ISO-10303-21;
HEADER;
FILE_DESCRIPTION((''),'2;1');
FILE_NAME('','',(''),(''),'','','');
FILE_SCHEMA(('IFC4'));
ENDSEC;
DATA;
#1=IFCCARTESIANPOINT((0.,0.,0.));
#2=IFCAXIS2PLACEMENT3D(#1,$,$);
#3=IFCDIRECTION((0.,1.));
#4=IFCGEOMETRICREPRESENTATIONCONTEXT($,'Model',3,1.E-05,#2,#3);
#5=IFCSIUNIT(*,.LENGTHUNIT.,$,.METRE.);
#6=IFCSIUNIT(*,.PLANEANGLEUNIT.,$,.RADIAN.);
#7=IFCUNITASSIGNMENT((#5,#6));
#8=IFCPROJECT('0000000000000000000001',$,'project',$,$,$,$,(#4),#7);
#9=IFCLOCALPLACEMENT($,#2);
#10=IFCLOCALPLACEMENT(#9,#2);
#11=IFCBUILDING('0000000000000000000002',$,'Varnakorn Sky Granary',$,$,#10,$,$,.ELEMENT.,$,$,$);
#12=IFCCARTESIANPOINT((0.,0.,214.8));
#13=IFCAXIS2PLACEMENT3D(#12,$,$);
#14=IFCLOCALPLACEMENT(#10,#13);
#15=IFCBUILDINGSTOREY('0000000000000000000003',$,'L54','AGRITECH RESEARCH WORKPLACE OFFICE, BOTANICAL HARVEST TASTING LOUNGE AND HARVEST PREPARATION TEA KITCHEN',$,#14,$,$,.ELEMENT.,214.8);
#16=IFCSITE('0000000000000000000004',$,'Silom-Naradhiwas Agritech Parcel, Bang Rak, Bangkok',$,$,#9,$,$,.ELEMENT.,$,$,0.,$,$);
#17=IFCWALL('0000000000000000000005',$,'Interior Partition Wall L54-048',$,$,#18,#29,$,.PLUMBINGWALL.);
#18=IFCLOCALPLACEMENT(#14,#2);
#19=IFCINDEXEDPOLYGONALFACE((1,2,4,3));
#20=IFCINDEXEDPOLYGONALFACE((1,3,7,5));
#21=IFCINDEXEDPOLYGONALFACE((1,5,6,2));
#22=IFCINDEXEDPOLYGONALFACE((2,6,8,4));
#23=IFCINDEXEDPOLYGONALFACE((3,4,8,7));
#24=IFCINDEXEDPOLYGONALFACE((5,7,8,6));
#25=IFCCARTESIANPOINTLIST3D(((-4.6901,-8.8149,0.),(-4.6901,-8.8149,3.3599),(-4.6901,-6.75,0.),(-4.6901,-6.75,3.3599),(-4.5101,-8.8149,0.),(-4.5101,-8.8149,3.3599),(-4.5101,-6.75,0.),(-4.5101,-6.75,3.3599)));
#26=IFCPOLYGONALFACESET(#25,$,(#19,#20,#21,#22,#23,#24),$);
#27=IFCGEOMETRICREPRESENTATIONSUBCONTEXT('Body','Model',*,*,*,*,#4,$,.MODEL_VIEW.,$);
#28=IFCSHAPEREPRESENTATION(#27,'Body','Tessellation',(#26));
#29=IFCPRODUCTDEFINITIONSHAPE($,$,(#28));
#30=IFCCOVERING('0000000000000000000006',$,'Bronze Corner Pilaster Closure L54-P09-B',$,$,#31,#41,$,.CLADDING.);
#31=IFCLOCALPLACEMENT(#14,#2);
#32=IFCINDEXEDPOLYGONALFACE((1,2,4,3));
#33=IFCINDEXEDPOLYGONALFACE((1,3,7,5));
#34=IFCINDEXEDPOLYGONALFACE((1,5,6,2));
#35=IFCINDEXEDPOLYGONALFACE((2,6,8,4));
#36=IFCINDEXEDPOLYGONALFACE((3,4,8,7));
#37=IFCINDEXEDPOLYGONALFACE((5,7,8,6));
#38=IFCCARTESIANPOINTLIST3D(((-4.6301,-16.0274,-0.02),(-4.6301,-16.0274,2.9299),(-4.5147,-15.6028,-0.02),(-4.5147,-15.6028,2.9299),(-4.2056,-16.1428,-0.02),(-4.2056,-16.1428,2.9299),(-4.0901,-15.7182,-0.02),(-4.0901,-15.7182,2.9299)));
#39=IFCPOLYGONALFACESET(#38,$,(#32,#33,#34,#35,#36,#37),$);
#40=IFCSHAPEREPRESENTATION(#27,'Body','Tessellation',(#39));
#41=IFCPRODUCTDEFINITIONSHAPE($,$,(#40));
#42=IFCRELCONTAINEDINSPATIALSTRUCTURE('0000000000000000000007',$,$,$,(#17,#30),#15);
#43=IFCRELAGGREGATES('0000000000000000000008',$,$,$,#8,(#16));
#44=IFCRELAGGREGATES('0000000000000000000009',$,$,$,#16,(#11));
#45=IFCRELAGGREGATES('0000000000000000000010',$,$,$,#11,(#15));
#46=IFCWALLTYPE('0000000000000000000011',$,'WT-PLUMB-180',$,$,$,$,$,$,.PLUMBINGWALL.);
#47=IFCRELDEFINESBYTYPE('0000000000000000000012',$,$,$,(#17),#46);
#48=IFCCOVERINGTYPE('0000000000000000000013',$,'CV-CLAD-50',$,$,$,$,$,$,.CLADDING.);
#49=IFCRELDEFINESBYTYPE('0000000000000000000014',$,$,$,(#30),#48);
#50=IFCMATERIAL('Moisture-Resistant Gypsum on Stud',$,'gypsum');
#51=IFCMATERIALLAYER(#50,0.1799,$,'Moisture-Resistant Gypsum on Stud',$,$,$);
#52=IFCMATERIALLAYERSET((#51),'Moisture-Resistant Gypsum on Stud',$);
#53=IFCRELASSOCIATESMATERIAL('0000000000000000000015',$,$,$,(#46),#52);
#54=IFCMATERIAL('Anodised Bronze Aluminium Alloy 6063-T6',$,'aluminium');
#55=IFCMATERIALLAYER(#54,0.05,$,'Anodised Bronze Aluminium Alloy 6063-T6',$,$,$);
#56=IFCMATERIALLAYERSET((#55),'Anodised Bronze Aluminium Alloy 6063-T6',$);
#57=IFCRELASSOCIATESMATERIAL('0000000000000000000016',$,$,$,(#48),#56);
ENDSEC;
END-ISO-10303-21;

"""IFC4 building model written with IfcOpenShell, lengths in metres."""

from ifc_helpers import new_model, si_unit, direction, frame, frame_2d, origin, origin_2d, place, context, subcontext, project, spatial, rectangle, extrude, source, transform, mapped, material, layer, layer_set, type_object, type_shapes, element, save


model = new_model("IFC4")

# Units and contexts
model_context = context("Model", 3, precision=1e-05, world=origin(), true_north=direction((0.0, 1.0)))
body_context = subcontext(model_context, "Body", "Model", "MODEL_VIEW")
ifc_project = project(units=[si_unit("LENGTHUNIT", "METRE"), si_unit("PLANEANGLEUNIT", "RADIAN")], contexts=[model_context])

# Site, building, storey
site_placement = place(None, origin())
site = spatial("IfcSite", under=ifc_project, at=site_placement, Name="Silom-Naradhiwas Agritech Parcel, Bang Rak, Bangkok", CompositionType="ELEMENT", RefElevation=0.0)
building_placement = place(site_placement, origin())
building = spatial("IfcBuilding", under=site, at=building_placement, Name="Varnakorn Sky Granary", CompositionType="ELEMENT")
storey_placement = place(building_placement, frame((0.0, 0.0, 214.8)))
storey = spatial("IfcBuildingStorey", under=building, at=storey_placement, Name="L54", Description="AGRITECH RESEARCH WORKPLACE OFFICE, BOTANICAL HARVEST TASTING LOUNGE AND HARVEST PREPARATION TEA KITCHEN", CompositionType="ELEMENT", Elevation=214.8)

# Shared definitions
ifc_material_1 = material(Name="Anodised Bronze Aluminium Alloy 6063-T6", Category="aluminium")

# Wall
ifc_material_2 = material(Name="Moisture-Resistant Gypsum on Stud", Category="gypsum")
ifc_layer_1 = layer(ifc_material_2, 0.1799, Name="Moisture-Resistant Gypsum on Stud")
ifc_layer_set_1 = layer_set([ifc_layer_1], Name="Moisture-Resistant Gypsum on Stud")
wall_type_1 = type_object("IfcWallType", Name="WT-PLUMB-180", PredefinedType="PLUMBINGWALL", material=ifc_layer_set_1)
wall_1_placement = place(storey_placement, frame((-4.6001, -6.75, 0.0), z_axis=(0.0, 0.0, 1.0), x_axis=(0.0, -1.0, 0.0)))
element("IfcWall", 1, at=wall_1_placement, inside=storey, type_object=wall_type_1, Name="Interior Partition Wall L54-048", PredefinedType="PLUMBINGWALL", context=body_context, shape_type="SweptSolid", body=[
    extrude(rectangle(XDim=2.0649, YDim=0.1799, at=frame_2d((1.0325, 0.0))), origin(), (0.0, 0.0, 1.0), 3.3599),
])

# Covering
ifc_layer_2 = layer(ifc_material_1, 0.05, Name="Anodised Bronze Aluminium Alloy 6063-T6")
ifc_layer_set_2 = layer_set([ifc_layer_2], Name="Anodised Bronze Aluminium Alloy 6063-T6")
covering_type = type_object("IfcCoveringType", Name="CV-CLAD-50", PredefinedType="CLADDING", material=ifc_layer_set_2)
shared_shape_1 = source(origin(), body_context, "Body", "SweptSolid", [
    extrude(rectangle(XDim=0.4399, YDim=0.4399, at=origin_2d()), origin(), (0.0, 0.0, 1.0), 2.95),
])
type_shapes(covering_type, [shared_shape_1])
covering_placement = place(storey_placement, frame((-4.3601, -15.8728, -0.02), z_axis=(0.0, 0.0, 1.0), x_axis=(-0.964971, 0.262358, 0.0)))
element("IfcCovering", 2, at=covering_placement, inside=storey, type_object=covering_type, Name="Bronze Corner Pilaster Closure L54-P09-B", PredefinedType="CLADDING", context=body_context, shape_type="MappedRepresentation", body=[
    mapped(shared_shape_1, transform((0.0, 0.0, 0.0), x_axis=(1.0, 0.0, 0.0), y_axis=(0.0, 1.0, 0.0), z_axis=(0.0, 0.0, 1.0), scale=1.0)),
])

save(model, "model.ifc")
